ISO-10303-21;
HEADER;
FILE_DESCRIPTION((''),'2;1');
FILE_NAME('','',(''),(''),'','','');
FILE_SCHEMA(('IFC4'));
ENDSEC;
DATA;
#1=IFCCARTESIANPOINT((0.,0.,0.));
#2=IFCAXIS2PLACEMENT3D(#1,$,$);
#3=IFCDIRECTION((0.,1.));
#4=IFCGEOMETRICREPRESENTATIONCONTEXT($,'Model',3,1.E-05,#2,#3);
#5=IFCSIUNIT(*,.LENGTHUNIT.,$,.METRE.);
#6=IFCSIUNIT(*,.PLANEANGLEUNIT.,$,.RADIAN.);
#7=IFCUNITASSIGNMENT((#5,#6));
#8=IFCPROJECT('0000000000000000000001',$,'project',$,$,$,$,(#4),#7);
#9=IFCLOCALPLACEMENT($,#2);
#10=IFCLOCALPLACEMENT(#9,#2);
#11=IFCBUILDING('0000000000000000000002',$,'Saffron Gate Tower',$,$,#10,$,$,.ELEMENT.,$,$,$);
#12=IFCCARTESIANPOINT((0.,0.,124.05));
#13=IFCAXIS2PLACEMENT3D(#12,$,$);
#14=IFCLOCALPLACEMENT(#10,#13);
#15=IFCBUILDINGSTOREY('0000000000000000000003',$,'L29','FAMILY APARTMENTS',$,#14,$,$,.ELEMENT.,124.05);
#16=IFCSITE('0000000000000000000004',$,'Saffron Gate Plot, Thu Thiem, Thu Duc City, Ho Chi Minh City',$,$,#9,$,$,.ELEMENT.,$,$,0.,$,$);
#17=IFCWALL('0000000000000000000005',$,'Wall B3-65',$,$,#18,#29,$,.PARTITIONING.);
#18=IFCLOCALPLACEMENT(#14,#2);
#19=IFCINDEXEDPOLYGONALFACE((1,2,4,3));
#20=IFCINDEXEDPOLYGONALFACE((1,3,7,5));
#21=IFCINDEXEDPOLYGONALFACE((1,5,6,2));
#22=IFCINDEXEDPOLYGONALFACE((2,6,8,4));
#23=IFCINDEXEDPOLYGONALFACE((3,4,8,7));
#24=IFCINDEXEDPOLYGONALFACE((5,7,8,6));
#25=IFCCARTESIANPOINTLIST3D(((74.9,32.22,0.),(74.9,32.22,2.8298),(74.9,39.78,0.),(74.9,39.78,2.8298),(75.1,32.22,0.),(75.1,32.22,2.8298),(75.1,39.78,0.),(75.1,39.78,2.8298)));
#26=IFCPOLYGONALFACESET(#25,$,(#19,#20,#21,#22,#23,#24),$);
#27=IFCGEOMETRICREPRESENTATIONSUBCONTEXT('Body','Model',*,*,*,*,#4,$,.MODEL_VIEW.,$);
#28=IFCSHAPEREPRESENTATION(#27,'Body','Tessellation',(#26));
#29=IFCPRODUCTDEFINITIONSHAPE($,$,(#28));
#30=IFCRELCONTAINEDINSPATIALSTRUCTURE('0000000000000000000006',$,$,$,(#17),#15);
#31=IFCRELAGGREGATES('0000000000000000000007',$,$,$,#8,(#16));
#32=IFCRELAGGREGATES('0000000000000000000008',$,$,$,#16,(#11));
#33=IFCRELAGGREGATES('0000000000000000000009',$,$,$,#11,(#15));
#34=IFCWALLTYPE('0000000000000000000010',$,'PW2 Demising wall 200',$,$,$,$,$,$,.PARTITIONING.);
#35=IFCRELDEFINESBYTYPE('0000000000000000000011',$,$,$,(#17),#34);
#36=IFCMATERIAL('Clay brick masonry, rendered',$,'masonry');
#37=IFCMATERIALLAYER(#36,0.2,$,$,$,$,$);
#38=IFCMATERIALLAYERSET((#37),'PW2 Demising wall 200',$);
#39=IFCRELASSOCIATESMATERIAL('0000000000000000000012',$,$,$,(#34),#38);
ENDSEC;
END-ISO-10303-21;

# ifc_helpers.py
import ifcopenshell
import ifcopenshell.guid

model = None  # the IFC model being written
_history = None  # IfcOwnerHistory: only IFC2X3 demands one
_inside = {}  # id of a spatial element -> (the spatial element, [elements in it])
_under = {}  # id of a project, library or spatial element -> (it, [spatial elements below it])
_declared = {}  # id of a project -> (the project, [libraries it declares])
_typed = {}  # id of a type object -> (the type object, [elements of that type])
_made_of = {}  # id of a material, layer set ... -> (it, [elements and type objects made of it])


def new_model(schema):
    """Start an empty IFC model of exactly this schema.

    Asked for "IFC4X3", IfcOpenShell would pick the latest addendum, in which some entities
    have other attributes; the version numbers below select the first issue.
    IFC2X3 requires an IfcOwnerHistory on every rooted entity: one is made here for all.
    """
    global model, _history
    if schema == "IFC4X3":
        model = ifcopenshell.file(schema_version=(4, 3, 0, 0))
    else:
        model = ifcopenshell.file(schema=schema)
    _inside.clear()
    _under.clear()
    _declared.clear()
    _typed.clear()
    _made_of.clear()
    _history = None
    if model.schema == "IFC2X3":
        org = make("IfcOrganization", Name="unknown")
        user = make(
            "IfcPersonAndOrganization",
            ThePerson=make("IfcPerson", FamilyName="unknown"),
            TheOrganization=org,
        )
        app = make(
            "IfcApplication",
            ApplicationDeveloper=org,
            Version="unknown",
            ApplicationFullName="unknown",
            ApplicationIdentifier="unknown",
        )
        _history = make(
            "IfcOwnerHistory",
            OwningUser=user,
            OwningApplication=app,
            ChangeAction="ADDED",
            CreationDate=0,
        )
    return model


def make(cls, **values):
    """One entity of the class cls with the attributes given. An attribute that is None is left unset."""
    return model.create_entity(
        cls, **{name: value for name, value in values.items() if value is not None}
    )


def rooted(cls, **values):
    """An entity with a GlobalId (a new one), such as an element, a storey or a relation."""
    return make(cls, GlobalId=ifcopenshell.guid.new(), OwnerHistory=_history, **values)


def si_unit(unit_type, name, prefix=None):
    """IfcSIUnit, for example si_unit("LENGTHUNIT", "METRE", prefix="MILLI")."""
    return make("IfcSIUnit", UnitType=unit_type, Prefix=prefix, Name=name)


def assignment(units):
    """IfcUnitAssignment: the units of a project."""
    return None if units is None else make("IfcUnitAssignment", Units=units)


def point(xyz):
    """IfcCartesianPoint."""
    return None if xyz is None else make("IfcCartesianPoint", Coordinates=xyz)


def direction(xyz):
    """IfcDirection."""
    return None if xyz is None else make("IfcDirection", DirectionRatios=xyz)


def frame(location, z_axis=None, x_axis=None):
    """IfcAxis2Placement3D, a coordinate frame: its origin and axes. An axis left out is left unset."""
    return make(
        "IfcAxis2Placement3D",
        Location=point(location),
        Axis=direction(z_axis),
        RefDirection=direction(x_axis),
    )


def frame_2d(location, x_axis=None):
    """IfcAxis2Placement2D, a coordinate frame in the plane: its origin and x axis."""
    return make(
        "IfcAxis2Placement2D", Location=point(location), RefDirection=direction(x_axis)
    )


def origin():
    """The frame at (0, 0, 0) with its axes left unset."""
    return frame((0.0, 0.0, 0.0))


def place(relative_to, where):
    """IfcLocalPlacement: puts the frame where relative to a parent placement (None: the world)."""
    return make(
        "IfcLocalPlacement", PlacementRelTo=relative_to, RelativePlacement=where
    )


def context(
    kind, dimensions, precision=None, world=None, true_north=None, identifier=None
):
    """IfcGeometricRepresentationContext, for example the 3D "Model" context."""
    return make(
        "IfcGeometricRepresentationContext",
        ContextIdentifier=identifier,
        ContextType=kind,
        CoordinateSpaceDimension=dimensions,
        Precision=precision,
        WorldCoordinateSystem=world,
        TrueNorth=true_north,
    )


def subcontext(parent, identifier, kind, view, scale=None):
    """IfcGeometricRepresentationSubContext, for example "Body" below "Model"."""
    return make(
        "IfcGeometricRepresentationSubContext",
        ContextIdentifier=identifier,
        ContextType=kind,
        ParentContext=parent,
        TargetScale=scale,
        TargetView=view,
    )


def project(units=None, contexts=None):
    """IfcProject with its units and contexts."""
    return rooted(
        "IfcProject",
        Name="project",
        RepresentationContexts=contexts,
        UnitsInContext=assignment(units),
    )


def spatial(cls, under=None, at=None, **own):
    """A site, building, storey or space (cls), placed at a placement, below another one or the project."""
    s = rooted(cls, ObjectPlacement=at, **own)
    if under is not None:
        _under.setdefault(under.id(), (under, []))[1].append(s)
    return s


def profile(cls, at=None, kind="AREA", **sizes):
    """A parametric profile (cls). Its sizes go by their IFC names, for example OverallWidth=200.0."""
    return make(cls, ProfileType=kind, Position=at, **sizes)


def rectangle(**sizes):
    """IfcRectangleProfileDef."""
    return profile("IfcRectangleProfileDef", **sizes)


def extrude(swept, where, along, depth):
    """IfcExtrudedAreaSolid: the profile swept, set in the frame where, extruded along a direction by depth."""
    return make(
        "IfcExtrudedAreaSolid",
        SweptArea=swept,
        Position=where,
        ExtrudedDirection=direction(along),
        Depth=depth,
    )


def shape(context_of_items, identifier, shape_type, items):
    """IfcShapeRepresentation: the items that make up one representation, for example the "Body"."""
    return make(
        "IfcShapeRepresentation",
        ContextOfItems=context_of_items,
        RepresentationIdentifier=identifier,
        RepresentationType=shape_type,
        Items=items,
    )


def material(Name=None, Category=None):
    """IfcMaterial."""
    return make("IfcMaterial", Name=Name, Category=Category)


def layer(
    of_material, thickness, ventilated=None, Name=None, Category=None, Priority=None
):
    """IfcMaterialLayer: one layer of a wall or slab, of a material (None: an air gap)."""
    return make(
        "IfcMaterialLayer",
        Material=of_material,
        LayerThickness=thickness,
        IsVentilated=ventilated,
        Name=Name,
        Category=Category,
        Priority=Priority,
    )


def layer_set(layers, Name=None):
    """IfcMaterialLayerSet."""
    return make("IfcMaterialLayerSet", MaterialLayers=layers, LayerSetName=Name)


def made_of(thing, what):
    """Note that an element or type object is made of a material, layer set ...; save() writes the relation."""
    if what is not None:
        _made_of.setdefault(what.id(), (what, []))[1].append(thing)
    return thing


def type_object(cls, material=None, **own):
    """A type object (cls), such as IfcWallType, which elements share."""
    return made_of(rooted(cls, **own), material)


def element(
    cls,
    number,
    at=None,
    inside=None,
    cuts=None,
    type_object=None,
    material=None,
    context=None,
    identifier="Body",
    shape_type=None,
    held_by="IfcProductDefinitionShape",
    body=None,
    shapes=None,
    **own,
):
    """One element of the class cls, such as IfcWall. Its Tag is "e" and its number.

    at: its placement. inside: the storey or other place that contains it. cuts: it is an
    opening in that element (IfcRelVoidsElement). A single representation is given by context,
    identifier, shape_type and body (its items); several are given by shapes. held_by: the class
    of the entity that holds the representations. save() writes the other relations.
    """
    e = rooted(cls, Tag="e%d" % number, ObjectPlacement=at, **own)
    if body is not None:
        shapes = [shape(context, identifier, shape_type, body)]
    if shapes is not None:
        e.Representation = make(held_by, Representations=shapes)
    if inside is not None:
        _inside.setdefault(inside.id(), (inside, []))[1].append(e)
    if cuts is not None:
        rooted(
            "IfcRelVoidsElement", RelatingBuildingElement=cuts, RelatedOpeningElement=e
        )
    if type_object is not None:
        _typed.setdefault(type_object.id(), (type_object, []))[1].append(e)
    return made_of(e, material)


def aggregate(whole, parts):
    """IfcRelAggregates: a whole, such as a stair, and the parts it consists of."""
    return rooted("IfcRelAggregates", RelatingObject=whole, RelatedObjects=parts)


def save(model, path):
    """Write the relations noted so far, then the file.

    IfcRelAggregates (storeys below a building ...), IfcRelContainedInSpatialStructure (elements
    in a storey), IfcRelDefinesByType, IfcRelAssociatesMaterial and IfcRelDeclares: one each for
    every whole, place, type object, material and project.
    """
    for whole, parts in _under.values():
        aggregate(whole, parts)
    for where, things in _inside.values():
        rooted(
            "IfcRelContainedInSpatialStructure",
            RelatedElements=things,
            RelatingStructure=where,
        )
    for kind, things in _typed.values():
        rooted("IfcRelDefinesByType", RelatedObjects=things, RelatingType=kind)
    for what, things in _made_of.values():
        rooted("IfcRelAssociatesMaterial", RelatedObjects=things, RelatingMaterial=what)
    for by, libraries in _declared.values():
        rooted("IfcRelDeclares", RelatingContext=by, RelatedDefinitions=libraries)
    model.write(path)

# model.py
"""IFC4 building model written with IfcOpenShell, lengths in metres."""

from ifc_helpers import new_model, si_unit, direction, frame, frame_2d, origin, place, context, subcontext, project, spatial, rectangle, extrude, material, layer, layer_set, type_object, element, save


model = new_model("IFC4")

# Units and contexts
model_context = context("Model", 3, precision=1e-05, world=origin(), true_north=direction((0.0, 1.0)))
body_context = subcontext(model_context, "Body", "Model", "MODEL_VIEW")
ifc_project = project(units=[si_unit("LENGTHUNIT", "METRE"), si_unit("PLANEANGLEUNIT", "RADIAN")], contexts=[model_context])

# Site, building, storey
site_placement = place(None, origin())
site = spatial("IfcSite", under=ifc_project, at=site_placement, Name="Saffron Gate Plot, Thu Thiem, Thu Duc City, Ho Chi Minh City", CompositionType="ELEMENT", RefElevation=0.0)
building_placement = place(site_placement, origin())
building = spatial("IfcBuilding", under=site, at=building_placement, Name="Saffron Gate Tower", CompositionType="ELEMENT")
storey_placement = place(building_placement, frame((0.0, 0.0, 124.05)))
storey = spatial("IfcBuildingStorey", under=building, at=storey_placement, Name="L29", Description="FAMILY APARTMENTS", CompositionType="ELEMENT", Elevation=124.05)

# Wall
ifc_material_1 = material(Name="Clay brick masonry, rendered", Category="masonry")
ifc_layer_1 = layer(ifc_material_1, 0.2)
ifc_layer_set_1 = layer_set([ifc_layer_1], Name="PW2 Demising wall 200")
wall_type_1 = type_object("IfcWallType", Name="PW2 Demising wall 200", PredefinedType="PARTITIONING", material=ifc_layer_set_1)
wall_1_placement = place(storey_placement, frame((75.0, 39.78, 0.0), z_axis=(0.0, 0.0, 1.0), x_axis=(0.0, -1.0, 0.0)))
element("IfcWall", 1, at=wall_1_placement, inside=storey, type_object=wall_type_1, Name="Wall B3-65", PredefinedType="PARTITIONING", context=body_context, shape_type="SweptSolid", body=[
    extrude(rectangle(XDim=7.5601, YDim=0.2, at=frame_2d((3.78, 0.0))), origin(), (0.0, 0.0, 1.0), 2.8298),
])

save(model, "model.ifc")
